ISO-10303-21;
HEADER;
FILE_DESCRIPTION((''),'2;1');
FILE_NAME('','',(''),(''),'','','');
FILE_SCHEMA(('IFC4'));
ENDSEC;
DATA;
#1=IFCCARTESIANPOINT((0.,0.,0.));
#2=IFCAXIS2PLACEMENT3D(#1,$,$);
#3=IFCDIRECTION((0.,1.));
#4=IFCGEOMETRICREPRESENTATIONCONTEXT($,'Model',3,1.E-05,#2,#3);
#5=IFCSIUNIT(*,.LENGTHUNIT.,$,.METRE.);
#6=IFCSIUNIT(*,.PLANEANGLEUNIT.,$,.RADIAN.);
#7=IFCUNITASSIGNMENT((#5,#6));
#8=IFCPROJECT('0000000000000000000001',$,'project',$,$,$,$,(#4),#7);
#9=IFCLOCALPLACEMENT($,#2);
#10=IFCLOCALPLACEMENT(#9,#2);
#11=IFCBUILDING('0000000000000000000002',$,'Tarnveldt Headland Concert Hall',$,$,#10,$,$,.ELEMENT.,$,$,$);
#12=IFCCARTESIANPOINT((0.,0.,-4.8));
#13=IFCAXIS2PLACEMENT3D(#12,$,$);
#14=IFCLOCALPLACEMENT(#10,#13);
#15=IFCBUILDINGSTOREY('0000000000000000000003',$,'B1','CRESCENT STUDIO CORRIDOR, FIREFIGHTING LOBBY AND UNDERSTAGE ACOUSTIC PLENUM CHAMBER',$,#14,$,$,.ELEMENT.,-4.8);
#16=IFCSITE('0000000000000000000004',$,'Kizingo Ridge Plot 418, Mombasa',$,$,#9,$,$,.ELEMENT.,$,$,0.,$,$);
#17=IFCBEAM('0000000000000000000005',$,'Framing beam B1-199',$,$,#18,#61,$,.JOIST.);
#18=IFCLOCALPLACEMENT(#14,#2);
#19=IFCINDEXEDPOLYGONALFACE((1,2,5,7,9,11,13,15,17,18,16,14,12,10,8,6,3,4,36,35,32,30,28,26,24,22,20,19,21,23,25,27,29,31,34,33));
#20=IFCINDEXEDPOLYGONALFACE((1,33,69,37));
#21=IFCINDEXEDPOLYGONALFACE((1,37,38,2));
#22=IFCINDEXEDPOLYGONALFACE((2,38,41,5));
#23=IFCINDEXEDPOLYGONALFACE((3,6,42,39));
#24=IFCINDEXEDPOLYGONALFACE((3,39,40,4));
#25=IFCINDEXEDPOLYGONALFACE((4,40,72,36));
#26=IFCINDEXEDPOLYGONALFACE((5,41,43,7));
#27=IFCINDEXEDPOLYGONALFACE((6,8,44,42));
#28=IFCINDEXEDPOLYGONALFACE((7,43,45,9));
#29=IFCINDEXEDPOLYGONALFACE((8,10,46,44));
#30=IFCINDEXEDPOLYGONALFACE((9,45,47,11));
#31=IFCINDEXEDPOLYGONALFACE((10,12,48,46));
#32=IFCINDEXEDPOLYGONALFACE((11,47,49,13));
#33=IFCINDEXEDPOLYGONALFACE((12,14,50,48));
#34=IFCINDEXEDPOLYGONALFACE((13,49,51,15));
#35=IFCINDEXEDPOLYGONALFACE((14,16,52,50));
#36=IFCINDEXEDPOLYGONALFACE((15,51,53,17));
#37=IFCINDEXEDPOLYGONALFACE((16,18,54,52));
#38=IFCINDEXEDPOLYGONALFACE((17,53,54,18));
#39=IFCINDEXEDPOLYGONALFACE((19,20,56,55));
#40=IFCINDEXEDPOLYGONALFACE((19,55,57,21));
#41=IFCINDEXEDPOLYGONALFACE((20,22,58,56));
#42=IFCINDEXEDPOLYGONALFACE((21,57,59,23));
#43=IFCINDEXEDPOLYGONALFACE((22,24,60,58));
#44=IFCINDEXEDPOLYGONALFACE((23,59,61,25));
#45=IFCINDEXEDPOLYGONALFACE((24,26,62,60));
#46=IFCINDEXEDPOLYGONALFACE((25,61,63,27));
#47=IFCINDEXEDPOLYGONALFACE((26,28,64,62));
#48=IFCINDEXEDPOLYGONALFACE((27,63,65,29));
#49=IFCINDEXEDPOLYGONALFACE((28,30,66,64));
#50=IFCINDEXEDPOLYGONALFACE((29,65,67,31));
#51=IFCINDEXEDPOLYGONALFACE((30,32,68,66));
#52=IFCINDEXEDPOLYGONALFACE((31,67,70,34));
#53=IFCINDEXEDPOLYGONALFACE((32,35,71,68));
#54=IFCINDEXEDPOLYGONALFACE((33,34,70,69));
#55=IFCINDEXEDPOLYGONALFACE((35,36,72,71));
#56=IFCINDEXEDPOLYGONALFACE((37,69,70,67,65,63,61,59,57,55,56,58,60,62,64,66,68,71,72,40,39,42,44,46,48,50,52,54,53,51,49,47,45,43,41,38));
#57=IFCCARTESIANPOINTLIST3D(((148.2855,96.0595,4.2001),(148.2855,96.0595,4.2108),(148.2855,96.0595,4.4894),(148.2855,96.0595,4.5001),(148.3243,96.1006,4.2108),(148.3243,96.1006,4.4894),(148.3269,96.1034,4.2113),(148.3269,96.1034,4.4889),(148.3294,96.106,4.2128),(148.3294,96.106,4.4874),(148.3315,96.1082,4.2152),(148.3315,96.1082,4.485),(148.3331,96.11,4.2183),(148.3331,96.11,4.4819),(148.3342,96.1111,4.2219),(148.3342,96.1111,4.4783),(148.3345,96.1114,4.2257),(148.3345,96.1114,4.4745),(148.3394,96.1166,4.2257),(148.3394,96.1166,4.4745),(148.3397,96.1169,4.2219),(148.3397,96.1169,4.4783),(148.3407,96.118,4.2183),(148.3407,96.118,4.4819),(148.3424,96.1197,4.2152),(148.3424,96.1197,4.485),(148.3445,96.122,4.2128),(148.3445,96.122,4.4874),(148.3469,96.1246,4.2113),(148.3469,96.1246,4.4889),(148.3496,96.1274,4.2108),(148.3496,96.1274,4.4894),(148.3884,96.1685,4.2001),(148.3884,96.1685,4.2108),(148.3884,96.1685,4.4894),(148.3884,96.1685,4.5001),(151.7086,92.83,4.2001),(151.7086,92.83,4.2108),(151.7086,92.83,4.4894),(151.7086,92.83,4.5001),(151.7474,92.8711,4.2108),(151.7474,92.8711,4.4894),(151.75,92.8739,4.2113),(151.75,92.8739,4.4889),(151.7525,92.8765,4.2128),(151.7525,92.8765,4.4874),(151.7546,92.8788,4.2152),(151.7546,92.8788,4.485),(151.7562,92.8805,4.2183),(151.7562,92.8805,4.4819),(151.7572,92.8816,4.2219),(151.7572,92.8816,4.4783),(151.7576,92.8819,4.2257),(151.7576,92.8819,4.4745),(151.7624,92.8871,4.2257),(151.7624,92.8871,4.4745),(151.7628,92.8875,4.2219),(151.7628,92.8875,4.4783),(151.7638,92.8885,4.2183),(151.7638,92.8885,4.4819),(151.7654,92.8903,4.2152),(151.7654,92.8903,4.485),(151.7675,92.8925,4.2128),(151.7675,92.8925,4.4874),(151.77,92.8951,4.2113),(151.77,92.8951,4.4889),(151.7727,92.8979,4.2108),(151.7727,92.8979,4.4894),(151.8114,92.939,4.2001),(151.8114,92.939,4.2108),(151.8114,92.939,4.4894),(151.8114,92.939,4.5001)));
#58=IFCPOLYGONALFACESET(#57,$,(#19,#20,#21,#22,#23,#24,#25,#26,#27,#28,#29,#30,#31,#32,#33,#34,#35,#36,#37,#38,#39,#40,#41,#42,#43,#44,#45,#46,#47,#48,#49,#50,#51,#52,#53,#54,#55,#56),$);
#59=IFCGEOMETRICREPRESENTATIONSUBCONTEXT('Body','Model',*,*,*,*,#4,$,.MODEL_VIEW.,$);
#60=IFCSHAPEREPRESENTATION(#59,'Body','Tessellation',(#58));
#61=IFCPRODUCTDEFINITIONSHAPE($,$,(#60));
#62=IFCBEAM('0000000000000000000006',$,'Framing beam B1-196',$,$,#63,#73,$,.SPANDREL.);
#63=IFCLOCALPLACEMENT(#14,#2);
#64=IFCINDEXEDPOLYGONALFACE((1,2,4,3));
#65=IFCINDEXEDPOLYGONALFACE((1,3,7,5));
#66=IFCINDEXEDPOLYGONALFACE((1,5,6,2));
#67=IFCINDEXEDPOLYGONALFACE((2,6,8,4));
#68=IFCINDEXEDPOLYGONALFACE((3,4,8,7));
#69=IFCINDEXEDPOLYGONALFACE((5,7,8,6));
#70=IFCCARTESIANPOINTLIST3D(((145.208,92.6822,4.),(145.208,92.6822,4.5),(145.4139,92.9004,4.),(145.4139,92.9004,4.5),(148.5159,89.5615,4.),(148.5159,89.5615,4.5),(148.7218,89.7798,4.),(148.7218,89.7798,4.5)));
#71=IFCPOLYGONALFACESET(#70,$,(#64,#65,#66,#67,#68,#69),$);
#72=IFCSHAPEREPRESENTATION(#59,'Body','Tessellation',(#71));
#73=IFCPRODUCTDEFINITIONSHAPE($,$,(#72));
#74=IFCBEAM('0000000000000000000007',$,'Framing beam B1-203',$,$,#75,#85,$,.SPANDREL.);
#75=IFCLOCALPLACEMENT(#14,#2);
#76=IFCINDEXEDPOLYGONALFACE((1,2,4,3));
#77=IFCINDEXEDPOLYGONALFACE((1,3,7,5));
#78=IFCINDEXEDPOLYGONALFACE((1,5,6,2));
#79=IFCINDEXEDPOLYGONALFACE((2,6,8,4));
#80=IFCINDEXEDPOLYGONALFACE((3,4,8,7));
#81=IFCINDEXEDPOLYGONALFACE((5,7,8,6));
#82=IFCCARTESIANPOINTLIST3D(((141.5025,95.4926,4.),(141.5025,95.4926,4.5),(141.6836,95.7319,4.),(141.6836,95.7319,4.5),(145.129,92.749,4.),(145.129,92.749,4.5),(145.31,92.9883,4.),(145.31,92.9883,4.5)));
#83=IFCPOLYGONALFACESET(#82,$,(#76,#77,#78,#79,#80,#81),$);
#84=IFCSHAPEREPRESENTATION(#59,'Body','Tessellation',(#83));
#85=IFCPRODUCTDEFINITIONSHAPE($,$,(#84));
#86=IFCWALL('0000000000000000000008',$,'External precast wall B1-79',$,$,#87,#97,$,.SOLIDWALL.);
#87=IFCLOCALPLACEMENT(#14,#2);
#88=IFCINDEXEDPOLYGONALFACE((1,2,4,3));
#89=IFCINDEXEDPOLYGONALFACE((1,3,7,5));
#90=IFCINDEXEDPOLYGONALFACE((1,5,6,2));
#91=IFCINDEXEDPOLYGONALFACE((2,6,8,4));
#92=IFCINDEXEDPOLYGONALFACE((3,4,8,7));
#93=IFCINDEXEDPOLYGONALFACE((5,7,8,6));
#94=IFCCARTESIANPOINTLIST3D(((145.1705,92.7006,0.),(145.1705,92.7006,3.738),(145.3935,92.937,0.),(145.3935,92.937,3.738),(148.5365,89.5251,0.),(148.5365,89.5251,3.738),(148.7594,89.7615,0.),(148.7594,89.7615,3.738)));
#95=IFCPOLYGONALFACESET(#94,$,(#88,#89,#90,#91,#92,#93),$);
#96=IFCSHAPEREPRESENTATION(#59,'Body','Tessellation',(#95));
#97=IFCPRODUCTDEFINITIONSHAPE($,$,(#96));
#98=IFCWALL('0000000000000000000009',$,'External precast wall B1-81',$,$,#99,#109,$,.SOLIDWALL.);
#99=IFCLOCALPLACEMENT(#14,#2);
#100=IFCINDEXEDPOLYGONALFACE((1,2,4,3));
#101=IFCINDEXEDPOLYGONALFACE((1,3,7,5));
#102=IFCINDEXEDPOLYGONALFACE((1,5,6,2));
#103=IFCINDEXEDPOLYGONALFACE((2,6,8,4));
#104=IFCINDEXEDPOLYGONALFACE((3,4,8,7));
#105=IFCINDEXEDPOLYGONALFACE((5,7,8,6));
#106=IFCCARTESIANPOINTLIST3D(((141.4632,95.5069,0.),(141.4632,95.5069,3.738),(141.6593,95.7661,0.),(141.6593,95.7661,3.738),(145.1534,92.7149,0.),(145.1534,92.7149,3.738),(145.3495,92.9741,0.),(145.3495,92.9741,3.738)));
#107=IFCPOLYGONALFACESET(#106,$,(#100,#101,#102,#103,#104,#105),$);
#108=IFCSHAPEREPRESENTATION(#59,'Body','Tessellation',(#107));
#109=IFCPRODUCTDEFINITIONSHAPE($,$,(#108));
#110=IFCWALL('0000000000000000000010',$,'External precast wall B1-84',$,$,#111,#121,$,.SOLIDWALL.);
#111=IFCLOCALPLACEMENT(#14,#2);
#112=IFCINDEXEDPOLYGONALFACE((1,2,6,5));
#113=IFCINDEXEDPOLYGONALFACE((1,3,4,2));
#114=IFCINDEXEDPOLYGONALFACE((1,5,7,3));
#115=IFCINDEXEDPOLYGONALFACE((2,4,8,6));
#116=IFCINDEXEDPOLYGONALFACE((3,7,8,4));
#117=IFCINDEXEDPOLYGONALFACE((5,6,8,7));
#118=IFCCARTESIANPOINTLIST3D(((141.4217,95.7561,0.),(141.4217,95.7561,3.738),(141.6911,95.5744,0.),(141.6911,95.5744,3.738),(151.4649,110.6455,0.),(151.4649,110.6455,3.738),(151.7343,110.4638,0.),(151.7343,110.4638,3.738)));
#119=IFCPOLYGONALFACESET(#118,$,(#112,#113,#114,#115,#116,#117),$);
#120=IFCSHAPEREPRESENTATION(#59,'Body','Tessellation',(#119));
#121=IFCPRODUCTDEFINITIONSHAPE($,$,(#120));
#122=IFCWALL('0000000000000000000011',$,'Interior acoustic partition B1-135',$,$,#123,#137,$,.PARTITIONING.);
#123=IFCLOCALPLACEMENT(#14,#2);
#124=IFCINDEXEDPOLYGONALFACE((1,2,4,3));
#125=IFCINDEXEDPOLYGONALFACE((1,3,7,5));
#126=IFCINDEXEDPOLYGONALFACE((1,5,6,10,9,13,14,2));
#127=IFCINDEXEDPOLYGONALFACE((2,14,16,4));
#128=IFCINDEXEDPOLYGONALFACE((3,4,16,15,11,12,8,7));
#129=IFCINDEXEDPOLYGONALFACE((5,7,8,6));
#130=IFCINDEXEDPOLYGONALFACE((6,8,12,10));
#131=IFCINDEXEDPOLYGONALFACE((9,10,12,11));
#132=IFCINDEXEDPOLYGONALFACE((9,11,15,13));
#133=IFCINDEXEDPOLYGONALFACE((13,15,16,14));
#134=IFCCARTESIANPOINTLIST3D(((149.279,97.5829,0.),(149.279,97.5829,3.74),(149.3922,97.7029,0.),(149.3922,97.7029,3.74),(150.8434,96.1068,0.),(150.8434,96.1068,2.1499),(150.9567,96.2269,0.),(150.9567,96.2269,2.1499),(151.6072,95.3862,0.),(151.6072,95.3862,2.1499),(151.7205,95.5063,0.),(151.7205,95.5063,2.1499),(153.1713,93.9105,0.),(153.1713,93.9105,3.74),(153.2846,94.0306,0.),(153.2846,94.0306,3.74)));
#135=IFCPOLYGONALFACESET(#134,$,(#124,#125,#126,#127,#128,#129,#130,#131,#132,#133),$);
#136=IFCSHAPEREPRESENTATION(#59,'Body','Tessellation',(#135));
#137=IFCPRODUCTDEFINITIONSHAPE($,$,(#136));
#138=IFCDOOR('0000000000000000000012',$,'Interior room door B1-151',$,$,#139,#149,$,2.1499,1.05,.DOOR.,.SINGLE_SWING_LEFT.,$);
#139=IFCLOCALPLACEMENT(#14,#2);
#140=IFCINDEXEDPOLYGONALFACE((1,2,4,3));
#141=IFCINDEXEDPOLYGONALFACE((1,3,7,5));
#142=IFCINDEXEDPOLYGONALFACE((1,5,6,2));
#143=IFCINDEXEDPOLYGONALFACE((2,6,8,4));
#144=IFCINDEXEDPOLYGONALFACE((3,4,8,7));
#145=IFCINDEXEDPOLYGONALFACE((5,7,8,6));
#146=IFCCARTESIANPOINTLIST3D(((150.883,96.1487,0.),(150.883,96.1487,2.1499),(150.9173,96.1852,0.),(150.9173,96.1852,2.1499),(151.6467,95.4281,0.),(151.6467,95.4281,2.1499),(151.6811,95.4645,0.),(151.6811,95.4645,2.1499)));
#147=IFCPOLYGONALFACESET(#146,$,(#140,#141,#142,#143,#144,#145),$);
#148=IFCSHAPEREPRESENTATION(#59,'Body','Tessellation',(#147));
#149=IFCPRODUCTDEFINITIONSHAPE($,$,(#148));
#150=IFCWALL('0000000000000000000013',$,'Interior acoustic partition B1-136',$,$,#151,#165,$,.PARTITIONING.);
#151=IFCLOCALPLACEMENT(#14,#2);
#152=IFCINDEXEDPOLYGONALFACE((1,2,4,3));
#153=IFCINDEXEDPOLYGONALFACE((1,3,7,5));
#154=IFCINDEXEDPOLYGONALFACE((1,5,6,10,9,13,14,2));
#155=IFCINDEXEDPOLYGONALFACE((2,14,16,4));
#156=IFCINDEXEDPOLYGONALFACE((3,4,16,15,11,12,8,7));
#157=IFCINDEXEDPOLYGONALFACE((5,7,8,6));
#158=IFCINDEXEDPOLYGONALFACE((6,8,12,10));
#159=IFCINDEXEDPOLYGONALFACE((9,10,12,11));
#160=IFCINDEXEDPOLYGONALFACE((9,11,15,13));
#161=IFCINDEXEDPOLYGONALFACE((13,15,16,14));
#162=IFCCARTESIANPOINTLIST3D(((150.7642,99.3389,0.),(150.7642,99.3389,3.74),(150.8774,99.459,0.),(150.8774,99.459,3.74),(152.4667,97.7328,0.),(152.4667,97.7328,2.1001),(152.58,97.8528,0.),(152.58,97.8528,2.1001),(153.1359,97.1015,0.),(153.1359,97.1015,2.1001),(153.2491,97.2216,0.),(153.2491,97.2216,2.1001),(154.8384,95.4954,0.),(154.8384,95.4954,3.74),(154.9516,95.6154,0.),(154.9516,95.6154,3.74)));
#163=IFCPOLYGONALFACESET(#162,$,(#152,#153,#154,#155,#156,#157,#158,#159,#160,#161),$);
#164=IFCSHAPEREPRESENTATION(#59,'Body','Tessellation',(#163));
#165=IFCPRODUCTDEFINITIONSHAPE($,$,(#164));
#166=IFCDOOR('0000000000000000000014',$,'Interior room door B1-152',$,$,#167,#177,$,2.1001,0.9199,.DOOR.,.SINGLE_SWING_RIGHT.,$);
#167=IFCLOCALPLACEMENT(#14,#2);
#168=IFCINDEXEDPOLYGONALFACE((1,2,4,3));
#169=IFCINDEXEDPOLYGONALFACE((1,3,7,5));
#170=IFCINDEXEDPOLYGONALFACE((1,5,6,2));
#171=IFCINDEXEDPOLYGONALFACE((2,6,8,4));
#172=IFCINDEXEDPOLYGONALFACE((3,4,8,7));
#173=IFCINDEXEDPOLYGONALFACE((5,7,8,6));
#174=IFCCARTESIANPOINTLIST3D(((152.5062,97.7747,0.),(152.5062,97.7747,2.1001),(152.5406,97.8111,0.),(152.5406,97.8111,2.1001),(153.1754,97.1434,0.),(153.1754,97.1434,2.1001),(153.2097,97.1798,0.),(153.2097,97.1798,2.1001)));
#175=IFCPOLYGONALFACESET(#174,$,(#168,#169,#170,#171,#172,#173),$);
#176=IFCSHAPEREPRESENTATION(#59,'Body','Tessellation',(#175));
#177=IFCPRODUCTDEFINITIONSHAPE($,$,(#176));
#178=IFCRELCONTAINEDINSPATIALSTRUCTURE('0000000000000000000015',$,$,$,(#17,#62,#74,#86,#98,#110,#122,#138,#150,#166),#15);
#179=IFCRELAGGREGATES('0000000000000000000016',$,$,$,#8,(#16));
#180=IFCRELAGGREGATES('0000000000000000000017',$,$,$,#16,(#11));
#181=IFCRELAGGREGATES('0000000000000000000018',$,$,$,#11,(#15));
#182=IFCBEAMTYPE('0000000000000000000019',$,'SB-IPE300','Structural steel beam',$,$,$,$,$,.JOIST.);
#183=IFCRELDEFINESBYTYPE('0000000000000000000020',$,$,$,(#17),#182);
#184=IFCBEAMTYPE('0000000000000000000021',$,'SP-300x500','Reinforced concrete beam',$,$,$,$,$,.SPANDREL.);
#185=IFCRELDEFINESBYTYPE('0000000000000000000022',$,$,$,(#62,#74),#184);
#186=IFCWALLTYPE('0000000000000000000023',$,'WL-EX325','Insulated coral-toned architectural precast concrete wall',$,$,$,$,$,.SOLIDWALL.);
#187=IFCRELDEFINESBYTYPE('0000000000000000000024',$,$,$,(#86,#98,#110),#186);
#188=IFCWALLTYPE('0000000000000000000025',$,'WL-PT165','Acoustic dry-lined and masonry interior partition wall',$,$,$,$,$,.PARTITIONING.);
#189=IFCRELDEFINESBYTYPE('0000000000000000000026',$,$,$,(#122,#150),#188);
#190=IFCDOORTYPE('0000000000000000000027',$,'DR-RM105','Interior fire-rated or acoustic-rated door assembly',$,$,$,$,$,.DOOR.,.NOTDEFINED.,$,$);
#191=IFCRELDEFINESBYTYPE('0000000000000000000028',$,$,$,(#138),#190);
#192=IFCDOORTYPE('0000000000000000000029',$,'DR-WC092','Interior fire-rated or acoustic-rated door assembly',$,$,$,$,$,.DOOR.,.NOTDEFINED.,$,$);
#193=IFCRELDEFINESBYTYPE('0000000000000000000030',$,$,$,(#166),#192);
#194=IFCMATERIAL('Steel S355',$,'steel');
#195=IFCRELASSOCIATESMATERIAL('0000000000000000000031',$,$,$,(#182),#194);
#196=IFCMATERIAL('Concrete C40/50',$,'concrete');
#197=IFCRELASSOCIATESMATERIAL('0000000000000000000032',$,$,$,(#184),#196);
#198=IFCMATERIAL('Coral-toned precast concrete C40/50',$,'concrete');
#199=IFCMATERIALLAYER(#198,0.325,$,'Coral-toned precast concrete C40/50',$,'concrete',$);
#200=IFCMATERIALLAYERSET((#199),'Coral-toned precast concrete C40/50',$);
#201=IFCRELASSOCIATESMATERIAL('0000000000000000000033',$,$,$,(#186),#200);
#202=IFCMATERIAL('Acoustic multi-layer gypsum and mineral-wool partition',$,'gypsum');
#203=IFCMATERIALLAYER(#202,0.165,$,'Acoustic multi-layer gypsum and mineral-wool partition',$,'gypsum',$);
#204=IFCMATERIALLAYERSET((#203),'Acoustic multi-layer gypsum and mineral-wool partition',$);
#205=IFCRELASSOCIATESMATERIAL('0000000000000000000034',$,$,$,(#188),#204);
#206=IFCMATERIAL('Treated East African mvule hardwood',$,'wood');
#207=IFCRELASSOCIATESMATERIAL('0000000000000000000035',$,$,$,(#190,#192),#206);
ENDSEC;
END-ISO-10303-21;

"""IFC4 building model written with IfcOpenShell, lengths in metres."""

from ifc_helpers import new_model, si_unit, direction, frame, frame_2d, origin, origin_2d, place, context, subcontext, project, spatial, rectangle, i_section, extrude, material, layer, layer_set, material_profile, profile_set, type_object, element, fill, save


model = new_model("IFC4")

# Units and contexts
model_context = context("Model", 3, precision=1e-05, world=origin(), true_north=direction((0.0, 1.0)))
body_context = subcontext(model_context, "Body", "Model", "MODEL_VIEW")
ifc_project = project(units=[si_unit("LENGTHUNIT", "METRE"), si_unit("PLANEANGLEUNIT", "RADIAN")], contexts=[model_context])

# Site, building, storey
site_placement = place(None, origin())
site = spatial("IfcSite", under=ifc_project, at=site_placement, Name="Kizingo Ridge Plot 418, Mombasa", CompositionType="ELEMENT", RefElevation=0.0)
building_placement = place(site_placement, origin())
building = spatial("IfcBuilding", under=site, at=building_placement, Name="Tarnveldt Headland Concert Hall", CompositionType="ELEMENT")
storey_placement = place(building_placement, frame((0.0, 0.0, -4.8)))
storey = spatial("IfcBuildingStorey", under=building, at=storey_placement, Name="B1", Description="CRESCENT STUDIO CORRIDOR, FIREFIGHTING LOBBY AND UNDERSTAGE ACOUSTIC PLENUM CHAMBER", CompositionType="ELEMENT", Elevation=-4.8)

# Shared definitions
ifc_material_1 = material(Name="Concrete C40/50", Category="concrete")

# Beams
ifc_material_2 = material(Name="Steel S355", Category="steel")
ifc_material_profile_1 = material_profile(ifc_material_2, i_section(OverallWidth=0.1499, OverallDepth=0.3, WebThickness=0.0071, FlangeThickness=0.0107, FilletRadius=0.0149, at=origin_2d()), Name="IPE300", Category="steel")
ifc_profile_set_1 = profile_set([ifc_material_profile_1], Name="Steel S355")
beam_type_1 = type_object("IfcBeamType", Name="SB-IPE300", Description="Structural steel beam", PredefinedType="JOIST", material=ifc_profile_set_1)
beam_1_placement = place(storey_placement, frame((151.76, 92.8845, 4.3501), z_axis=(-0.727377, 0.686238, 0.0), x_axis=(-0.686238, -0.727377, 0.0)))
element("IfcBeam", 1, at=beam_1_placement, inside=storey, type_object=beam_type_1, Name="Framing beam B1-199", PredefinedType="JOIST", context=body_context, shape_type="SweptSolid", body=[
    extrude(i_section(OverallWidth=0.1499, OverallDepth=0.3, WebThickness=0.0071, FlangeThickness=0.0107, FilletRadius=0.0149, at=origin_2d()), origin(), (0.0, 0.0, 1.0), 4.7061),
])
ifc_material_profile_2 = material_profile(ifc_material_1, rectangle(XDim=0.3, YDim=0.5, at=origin_2d()), Name="RC SPANDREL 300x500", Category="concrete")
ifc_profile_set_2 = profile_set([ifc_material_profile_2], Name="Concrete C40/50")
beam_type_2 = type_object("IfcBeamType", Name="SP-300x500", Description="Reinforced concrete beam", PredefinedType="SPANDREL", material=ifc_profile_set_2)
beam_2_placement = place(storey_placement, frame((148.6189, 89.6707, 4.25), z_axis=(-0.727396, 0.686218, 0.0), x_axis=(-0.686218, -0.727396, 0.0)))
element("IfcBeam", 2, at=beam_2_placement, inside=storey, type_object=beam_type_2, Name="Framing beam B1-196", PredefinedType="SPANDREL", context=body_context, shape_type="SweptSolid", body=[
    extrude(rectangle(XDim=0.3, YDim=0.5, at=origin_2d()), origin(), (0.0, 0.0, 1.0), 4.5476),
])
beam_3_placement = place(storey_placement, frame((145.2195, 92.8687, 4.25), z_axis=(-0.79748, 0.603345, 0.0), x_axis=(-0.603345, -0.79748, 0.0)))
element("IfcBeam", 3, at=beam_3_placement, inside=storey, type_object=beam_type_2, Name="Framing beam B1-203", PredefinedType="SPANDREL", context=body_context, shape_type="SweptSolid", body=[
    extrude(rectangle(XDim=0.3, YDim=0.5, at=origin_2d()), origin(), (0.0, 0.0, 1.0), 4.5474),
])

# Walls
ifc_material_3 = material(Name="Coral-toned precast concrete C40/50", Category="concrete")
ifc_layer_1 = layer(ifc_material_3, 0.325, Name="Coral-toned precast concrete C40/50", Category="concrete")
ifc_layer_set_1 = layer_set([ifc_layer_1], Name="Coral-toned precast concrete C40/50")
wall_type_1 = type_object("IfcWallType", Name="WL-EX325", Description="Insulated coral-toned architectural precast concrete wall", PredefinedType="SOLIDWALL", material=ifc_layer_set_1)
for number, where, z_axis, x_axis, name in (
    (4, (148.6479, 89.6433, 0.0), (0.0, 0.0, 1.0), (-0.727383, 0.686231, 0.0), "External precast wall B1-79"),
    (5, (145.2515, 92.8445, 0.0), (0.0, 0.0, 1.0), (-0.797467, 0.603363, 0.0), "External precast wall B1-81"),
):
    element("IfcWall", number, at=place(storey_placement, frame(where, z_axis=z_axis, x_axis=x_axis)), inside=storey, type_object=wall_type_1, Name=name, PredefinedType="SOLIDWALL", context=body_context, shape_type="SweptSolid", body=[
        extrude(rectangle(XDim=4.6274, YDim=0.325, at=frame_2d((2.3137, 0.0))), origin(), (0.0, 0.0, 1.0), 3.738),
    ])
wall_1_placement = place(storey_placement, frame((141.5564, 95.6653, 0.0), z_axis=(0.0, 0.0, 1.0), x_axis=(0.5592, 0.829033, 0.0)))
element("IfcWall", 6, at=wall_1_placement, inside=storey, type_object=wall_type_1, Name="External precast wall B1-84", PredefinedType="SOLIDWALL", context=body_context, shape_type="SweptSolid", body=[
    extrude(rectangle(XDim=17.96, YDim=0.325, at=frame_2d((8.98, 0.0))), origin(), (0.0, 0.0, 1.0), 3.738),
])

# Walls, openings, doors
ifc_material_4 = material(Name="Acoustic multi-layer gypsum and mineral-wool partition", Category="gypsum")
ifc_layer_2 = layer(ifc_material_4, 0.165, Name="Acoustic multi-layer gypsum and mineral-wool partition", Category="gypsum")
ifc_layer_set_2 = layer_set([ifc_layer_2], Name="Acoustic multi-layer gypsum and mineral-wool partition")
wall_type_2 = type_object("IfcWallType", Name="WL-PT165", Description="Acoustic dry-lined and masonry interior partition wall", PredefinedType="PARTITIONING", material=ifc_layer_set_2)
wall_2_placement = place(storey_placement, frame((153.228, 93.9705, 0.0), z_axis=(0.0, 0.0, 1.0), x_axis=(-0.727361, 0.686255, 0.0)))
wall_2 = element("IfcWall", 7, at=wall_2_placement, inside=storey, type_object=wall_type_2, Name="Interior acoustic partition B1-135", PredefinedType="PARTITIONING", context=body_context, shape_type="SweptSolid", body=[
    extrude(rectangle(XDim=5.3513, YDim=0.165, at=frame_2d((2.6758, 0.0))), origin(), (0.0, 0.0, 1.0), 3.74),
])
opening_1_placement = place(wall_2_placement, frame((2.1506, 0.0, 0.0)))
opening_1 = element("IfcOpeningElement", 8, at=opening_1_placement, cuts=wall_2, PredefinedType="OPENING", context=body_context, shape_type="SweptSolid", body=[
    extrude(rectangle(XDim=1.05, YDim=2.1499, at=frame_2d((0.5249, 1.075))), frame((0.0, 0.0925, 0.0), z_axis=(0.0, -1.0, 0.0), x_axis=(1.0, 0.0, 0.0)), (0.0, 0.0, 1.0), 0.1851),
])
ifc_material_5 = material(Name="Treated East African mvule hardwood", Category="wood")
door_type_1 = type_object("IfcDoorType", Name="DR-RM105", Description="Interior fire-rated or acoustic-rated door assembly", OperationType="NOTDEFINED", PredefinedType="DOOR", material=ifc_material_5)
door_1_placement = place(opening_1_placement, origin())
door_1 = element("IfcDoor", 9, at=door_1_placement, inside=storey, type_object=door_type_1, Name="Interior room door B1-151", OperationType="SINGLE_SWING_LEFT", OverallHeight=2.1499, OverallWidth=1.05, PredefinedType="DOOR", context=body_context, shape_type="SweptSolid", body=[
    extrude(rectangle(XDim=1.05, YDim=2.1499, at=frame_2d((0.5249, 1.075))), frame((0.0, 0.0249, 0.0), z_axis=(0.0, -1.0, 0.0), x_axis=(1.0, 0.0, 0.0)), (0.0, 0.0, 1.0), 0.05),
])
fill(opening_1, door_1)
wall_3_placement = place(storey_placement, frame((154.895, 95.5554, 0.0), z_axis=(0.0, 0.0, 1.0), x_axis=(-0.727402, 0.686211, 0.0)))
wall_3 = element("IfcWall", 10, at=wall_3_placement, inside=storey, type_object=wall_type_2, Name="Interior acoustic partition B1-136", PredefinedType="PARTITIONING", context=body_context, shape_type="SweptSolid", body=[
    extrude(rectangle(XDim=5.6011, YDim=0.165, at=frame_2d((2.8005, 0.0))), origin(), (0.0, 0.0, 1.0), 3.74),
])
opening_2_placement = place(wall_3_placement, frame((2.3406, 0.0, 0.0)))
opening_2 = element("IfcOpeningElement", 11, at=opening_2_placement, cuts=wall_3, PredefinedType="OPENING", context=body_context, shape_type="SweptSolid", body=[
    extrude(rectangle(XDim=0.9199, YDim=2.1001, at=frame_2d((0.46, 1.05))), frame((0.0, 0.0925, 0.0), z_axis=(0.0, -1.0, 0.0), x_axis=(1.0, 0.0, 0.0)), (0.0, 0.0, 1.0), 0.1851),
])
door_type_2 = type_object("IfcDoorType", Name="DR-WC092", Description="Interior fire-rated or acoustic-rated door assembly", OperationType="NOTDEFINED", PredefinedType="DOOR", material=ifc_material_5)
door_2_placement = place(opening_2_placement, origin())
door_2 = element("IfcDoor", 12, at=door_2_placement, inside=storey, type_object=door_type_2, Name="Interior room door B1-152", OperationType="SINGLE_SWING_RIGHT", OverallHeight=2.1001, OverallWidth=0.9199, PredefinedType="DOOR", context=body_context, shape_type="SweptSolid", body=[
    extrude(rectangle(XDim=0.9199, YDim=2.1001, at=frame_2d((0.46, 1.05))), frame((0.0, 0.0249, 0.0), z_axis=(0.0, -1.0, 0.0), x_axis=(1.0, 0.0, 0.0)), (0.0, 0.0, 1.0), 0.05),
])
fill(opening_2, door_2)

save(model, "model.ifc")
